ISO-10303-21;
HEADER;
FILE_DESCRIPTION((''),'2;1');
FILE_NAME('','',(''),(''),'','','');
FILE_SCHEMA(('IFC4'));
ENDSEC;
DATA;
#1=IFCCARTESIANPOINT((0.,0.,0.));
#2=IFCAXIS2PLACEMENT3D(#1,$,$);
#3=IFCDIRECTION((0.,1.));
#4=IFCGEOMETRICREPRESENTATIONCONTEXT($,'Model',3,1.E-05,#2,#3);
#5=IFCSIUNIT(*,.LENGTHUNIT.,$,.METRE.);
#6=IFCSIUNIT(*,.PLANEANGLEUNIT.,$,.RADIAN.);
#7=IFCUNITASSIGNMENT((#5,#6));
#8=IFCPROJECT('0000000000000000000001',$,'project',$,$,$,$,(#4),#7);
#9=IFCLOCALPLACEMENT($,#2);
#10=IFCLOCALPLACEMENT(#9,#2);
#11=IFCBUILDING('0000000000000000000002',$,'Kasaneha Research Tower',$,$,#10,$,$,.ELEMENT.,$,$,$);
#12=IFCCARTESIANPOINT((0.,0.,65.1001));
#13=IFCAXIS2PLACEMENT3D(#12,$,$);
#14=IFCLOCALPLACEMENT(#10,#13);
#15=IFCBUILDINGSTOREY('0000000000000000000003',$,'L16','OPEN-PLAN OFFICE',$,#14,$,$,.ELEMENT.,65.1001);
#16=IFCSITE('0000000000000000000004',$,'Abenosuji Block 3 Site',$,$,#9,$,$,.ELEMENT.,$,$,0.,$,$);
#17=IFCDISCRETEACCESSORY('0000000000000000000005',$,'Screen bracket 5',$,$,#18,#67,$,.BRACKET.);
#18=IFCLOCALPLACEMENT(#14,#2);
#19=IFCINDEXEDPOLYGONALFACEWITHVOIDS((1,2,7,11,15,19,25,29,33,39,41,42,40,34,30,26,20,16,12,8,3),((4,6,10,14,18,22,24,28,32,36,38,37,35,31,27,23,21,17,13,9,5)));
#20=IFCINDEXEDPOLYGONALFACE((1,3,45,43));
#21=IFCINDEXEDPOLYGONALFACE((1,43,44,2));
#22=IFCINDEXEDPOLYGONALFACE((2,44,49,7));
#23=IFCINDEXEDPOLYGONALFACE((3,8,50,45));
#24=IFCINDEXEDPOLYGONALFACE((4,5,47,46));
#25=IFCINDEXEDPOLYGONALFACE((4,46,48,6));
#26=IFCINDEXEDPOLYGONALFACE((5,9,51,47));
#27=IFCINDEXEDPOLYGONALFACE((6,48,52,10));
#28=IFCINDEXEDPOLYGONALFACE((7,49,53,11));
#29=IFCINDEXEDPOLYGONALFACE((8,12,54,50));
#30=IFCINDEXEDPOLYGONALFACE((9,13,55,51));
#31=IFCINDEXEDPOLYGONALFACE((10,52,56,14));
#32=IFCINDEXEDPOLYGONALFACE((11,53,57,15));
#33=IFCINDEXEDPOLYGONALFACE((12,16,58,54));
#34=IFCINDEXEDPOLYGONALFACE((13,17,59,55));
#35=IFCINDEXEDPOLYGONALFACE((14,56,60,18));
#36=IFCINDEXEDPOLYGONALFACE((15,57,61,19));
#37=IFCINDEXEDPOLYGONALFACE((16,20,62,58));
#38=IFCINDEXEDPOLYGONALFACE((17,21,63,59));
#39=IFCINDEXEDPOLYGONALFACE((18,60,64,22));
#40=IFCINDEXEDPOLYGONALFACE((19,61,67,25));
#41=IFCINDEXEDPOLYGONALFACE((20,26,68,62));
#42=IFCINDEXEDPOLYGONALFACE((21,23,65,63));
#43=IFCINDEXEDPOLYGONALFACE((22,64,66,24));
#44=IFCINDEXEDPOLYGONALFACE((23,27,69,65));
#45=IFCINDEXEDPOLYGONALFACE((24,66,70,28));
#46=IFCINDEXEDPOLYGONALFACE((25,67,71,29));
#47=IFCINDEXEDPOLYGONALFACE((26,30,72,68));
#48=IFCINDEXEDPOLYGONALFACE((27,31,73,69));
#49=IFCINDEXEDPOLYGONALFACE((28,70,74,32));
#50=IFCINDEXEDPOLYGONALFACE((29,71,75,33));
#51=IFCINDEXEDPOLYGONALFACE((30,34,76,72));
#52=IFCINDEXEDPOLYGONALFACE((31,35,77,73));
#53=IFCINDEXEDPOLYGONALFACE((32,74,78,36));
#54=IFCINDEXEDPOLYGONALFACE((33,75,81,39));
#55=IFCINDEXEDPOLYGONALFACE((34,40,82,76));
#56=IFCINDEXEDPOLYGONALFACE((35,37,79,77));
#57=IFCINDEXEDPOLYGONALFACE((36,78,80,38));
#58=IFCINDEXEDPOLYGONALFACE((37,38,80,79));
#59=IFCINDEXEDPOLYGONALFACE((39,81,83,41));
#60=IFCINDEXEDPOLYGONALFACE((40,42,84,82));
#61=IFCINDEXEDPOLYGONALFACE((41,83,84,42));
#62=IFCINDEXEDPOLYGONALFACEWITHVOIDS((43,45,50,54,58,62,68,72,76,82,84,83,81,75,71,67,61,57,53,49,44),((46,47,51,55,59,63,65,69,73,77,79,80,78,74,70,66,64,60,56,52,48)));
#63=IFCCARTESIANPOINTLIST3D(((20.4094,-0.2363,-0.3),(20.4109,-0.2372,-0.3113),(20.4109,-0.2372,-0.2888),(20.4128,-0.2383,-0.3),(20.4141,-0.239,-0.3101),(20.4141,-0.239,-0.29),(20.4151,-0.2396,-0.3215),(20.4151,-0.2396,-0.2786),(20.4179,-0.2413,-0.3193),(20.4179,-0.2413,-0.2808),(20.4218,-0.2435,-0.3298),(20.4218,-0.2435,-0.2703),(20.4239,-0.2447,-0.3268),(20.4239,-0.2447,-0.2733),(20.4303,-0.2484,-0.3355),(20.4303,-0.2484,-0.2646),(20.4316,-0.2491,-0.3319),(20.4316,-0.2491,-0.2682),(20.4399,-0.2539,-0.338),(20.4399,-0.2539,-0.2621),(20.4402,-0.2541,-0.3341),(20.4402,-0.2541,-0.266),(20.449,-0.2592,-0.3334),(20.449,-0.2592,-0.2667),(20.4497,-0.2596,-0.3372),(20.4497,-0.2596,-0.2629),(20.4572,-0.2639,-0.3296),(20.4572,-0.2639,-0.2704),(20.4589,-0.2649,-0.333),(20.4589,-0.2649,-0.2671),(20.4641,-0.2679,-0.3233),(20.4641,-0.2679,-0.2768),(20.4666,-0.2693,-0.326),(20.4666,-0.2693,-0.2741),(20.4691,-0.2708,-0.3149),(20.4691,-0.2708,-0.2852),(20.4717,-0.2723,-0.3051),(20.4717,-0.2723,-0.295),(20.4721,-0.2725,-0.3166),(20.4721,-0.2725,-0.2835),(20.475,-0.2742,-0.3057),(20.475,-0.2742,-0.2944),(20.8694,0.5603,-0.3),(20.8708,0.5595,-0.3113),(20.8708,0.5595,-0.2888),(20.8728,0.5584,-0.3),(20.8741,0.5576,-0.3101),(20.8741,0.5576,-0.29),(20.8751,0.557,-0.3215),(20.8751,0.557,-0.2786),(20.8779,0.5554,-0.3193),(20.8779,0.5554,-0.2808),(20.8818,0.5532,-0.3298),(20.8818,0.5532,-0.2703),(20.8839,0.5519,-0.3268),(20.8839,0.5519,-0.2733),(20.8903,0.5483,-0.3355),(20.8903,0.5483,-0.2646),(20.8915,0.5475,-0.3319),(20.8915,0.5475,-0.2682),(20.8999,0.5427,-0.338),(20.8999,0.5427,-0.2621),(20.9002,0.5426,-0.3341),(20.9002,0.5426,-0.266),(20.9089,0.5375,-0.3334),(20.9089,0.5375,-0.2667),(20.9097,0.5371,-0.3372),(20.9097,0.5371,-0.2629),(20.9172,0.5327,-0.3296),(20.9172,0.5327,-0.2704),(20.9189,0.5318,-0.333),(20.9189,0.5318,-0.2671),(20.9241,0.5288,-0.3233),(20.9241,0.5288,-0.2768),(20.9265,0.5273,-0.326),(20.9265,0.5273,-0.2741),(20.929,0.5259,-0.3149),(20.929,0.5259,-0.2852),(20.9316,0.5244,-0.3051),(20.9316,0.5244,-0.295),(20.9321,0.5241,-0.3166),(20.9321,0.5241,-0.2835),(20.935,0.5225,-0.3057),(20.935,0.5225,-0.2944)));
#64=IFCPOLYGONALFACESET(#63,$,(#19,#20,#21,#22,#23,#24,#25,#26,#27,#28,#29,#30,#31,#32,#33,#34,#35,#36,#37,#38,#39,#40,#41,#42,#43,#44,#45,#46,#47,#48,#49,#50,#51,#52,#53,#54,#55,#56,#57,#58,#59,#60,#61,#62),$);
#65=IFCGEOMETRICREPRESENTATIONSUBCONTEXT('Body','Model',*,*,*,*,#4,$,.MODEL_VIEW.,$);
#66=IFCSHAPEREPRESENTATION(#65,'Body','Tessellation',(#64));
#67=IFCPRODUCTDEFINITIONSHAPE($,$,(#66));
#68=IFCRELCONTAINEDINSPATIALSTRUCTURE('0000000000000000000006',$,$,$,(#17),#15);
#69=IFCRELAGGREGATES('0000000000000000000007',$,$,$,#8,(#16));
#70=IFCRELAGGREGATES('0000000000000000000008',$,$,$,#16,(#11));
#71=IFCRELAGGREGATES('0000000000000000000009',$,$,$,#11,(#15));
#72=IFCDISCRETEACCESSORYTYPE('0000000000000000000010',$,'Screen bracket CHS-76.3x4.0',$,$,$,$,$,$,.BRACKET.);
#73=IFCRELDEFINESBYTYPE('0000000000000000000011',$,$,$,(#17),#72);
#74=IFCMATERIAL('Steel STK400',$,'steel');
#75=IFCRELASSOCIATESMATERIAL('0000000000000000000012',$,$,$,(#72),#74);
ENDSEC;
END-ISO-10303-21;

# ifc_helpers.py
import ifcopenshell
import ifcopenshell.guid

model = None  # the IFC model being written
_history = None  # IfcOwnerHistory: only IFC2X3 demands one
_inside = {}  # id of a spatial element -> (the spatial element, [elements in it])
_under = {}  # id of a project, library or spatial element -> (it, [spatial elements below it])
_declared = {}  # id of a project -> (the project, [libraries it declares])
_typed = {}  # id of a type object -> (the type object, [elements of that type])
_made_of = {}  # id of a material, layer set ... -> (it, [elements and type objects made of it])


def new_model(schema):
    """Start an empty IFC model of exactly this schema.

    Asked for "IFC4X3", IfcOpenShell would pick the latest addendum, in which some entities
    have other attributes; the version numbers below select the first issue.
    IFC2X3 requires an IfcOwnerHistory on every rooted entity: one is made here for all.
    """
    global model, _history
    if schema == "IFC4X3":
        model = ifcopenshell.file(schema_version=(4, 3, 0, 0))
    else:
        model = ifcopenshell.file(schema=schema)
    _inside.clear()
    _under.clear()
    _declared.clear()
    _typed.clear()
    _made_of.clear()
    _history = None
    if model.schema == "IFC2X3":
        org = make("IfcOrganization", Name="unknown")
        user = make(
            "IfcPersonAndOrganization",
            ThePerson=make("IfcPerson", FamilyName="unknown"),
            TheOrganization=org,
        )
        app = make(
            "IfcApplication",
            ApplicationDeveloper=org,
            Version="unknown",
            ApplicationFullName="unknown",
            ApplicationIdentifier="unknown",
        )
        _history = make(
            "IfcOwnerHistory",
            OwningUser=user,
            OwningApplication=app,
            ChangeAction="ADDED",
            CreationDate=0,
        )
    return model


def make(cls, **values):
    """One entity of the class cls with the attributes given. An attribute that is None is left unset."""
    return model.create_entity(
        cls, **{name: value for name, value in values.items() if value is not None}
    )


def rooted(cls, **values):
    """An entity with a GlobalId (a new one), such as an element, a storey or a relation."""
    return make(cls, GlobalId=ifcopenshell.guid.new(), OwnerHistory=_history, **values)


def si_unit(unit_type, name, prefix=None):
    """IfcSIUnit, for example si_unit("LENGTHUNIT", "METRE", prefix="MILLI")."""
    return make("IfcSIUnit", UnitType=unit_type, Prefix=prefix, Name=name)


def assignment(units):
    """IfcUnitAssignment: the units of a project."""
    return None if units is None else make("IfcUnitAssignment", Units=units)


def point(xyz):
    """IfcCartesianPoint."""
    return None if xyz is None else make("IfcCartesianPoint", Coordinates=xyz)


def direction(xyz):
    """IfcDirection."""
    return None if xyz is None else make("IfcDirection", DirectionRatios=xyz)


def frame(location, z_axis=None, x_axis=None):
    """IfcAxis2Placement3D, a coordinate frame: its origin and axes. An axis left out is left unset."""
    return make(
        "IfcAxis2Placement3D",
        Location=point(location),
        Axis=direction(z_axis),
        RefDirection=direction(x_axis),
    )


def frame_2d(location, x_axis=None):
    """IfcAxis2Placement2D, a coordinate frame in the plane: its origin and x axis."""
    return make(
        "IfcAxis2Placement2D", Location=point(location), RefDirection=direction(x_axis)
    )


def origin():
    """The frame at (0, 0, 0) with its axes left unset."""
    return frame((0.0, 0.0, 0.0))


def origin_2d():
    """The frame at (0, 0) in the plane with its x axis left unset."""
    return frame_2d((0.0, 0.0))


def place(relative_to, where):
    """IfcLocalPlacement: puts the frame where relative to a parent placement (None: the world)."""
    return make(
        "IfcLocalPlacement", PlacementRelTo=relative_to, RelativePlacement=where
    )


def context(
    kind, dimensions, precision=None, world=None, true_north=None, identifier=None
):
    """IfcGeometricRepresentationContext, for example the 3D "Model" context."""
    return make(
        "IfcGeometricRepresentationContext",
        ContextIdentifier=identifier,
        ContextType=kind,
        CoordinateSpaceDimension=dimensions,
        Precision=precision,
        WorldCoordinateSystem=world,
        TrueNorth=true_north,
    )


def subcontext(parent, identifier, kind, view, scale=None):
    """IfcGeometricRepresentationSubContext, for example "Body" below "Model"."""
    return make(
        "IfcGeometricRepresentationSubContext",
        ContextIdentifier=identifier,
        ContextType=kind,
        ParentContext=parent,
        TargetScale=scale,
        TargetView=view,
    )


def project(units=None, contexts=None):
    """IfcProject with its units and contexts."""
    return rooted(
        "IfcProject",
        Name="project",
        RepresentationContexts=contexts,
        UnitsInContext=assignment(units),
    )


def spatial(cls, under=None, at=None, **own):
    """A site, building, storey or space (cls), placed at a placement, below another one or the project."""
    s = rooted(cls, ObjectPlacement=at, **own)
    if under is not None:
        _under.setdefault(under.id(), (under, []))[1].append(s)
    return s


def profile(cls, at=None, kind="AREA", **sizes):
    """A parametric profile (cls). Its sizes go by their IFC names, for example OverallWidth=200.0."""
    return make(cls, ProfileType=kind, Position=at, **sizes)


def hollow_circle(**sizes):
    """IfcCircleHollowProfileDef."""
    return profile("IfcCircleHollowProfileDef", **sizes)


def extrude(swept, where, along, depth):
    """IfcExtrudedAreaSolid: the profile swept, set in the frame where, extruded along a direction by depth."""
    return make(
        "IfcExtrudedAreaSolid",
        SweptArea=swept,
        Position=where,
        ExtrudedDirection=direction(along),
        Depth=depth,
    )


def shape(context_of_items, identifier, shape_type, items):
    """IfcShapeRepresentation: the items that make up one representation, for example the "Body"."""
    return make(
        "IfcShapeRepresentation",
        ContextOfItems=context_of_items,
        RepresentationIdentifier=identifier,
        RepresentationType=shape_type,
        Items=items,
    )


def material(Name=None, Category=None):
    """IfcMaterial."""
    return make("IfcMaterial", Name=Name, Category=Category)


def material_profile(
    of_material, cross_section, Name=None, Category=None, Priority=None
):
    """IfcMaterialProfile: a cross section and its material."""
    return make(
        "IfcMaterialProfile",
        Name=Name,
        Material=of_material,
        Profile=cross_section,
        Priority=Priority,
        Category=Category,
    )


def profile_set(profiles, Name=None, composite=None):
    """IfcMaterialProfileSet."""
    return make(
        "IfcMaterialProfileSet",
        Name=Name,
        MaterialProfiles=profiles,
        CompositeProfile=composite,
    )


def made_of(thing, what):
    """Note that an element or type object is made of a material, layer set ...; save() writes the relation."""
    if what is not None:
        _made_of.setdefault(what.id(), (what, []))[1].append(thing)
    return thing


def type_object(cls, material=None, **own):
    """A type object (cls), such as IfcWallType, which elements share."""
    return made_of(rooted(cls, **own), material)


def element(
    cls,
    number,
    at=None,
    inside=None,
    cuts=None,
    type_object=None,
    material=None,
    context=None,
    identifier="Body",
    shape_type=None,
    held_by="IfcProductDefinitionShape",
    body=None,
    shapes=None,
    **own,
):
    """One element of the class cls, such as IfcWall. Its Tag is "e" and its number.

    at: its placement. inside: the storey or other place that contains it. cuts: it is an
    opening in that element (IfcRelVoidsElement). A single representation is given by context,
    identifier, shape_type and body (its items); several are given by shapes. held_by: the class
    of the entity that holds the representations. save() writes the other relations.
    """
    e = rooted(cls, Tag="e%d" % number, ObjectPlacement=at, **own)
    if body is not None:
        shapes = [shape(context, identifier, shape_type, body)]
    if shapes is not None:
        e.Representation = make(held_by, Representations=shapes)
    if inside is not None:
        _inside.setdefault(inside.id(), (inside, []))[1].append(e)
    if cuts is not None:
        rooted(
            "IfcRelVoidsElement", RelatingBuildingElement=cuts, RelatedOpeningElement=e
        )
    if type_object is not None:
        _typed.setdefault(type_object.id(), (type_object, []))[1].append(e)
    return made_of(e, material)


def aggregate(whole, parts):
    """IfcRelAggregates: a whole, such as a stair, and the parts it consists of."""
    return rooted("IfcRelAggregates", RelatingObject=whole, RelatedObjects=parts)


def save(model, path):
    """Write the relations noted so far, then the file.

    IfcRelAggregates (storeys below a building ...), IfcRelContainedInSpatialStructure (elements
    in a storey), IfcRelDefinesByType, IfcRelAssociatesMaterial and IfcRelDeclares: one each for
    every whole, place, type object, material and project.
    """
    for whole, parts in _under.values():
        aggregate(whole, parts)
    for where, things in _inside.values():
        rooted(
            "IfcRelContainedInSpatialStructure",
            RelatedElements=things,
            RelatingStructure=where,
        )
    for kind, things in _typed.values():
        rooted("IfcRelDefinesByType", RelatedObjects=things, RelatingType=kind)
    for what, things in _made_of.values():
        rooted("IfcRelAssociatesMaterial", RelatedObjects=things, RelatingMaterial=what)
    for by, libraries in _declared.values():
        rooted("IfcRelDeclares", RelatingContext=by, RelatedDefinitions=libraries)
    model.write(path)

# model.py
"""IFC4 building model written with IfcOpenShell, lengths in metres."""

from ifc_helpers import new_model, si_unit, direction, frame, origin, origin_2d, place, context, subcontext, project, spatial, hollow_circle, extrude, material, material_profile, profile_set, type_object, element, save


model = new_model("IFC4")

# Units and contexts
model_context = context("Model", 3, precision=1e-05, world=origin(), true_north=direction((0.0, 1.0)))
body_context = subcontext(model_context, "Body", "Model", "MODEL_VIEW")
ifc_project = project(units=[si_unit("LENGTHUNIT", "METRE"), si_unit("PLANEANGLEUNIT", "RADIAN")], contexts=[model_context])

# Site, building, storey
site_placement = place(None, origin())
site = spatial("IfcSite", under=ifc_project, at=site_placement, Name="Abenosuji Block 3 Site", CompositionType="ELEMENT", RefElevation=0.0)
building_placement = place(site_placement, origin())
building = spatial("IfcBuilding", under=site, at=building_placement, Name="Kasaneha Research Tower", CompositionType="ELEMENT")
storey_placement = place(building_placement, frame((0.0, 0.0, 65.1001)))
storey = spatial("IfcBuildingStorey", under=building, at=storey_placement, Name="L16", Description="OPEN-PLAN OFFICE", CompositionType="ELEMENT", Elevation=65.1001)

# Discrete accessory
ifc_material_1 = material(Name="Steel STK400", Category="steel")
ifc_material_profile_1 = material_profile(ifc_material_1, hollow_circle(Radius=0.0381, WallThickness=0.0039, at=origin_2d()), Name="CHS-76.3x4.0")
ifc_profile_set_1 = profile_set([ifc_material_profile_1], Name="Steel STK400")
discrete_accessory_type = type_object("IfcDiscreteAccessoryType", Name="Screen bracket CHS-76.3x4.0", PredefinedType="BRACKET", material=ifc_profile_set_1)
discrete_accessory_1_placement = place(storey_placement, frame((20.4424, -0.2554, -0.3), z_axis=(0.500021, 0.866013, 0.0), x_axis=(-0.866013, 0.500021, 0.0)))
element("IfcDiscreteAccessory", 1, at=discrete_accessory_1_placement, inside=storey, type_object=discrete_accessory_type, Name="Screen bracket 5", PredefinedType="BRACKET", context=body_context, shape_type="SweptSolid", body=[
    extrude(hollow_circle(Radius=0.0381, WallThickness=0.0039, at=origin_2d()), origin(), (0.0, 0.0, 1.0), 0.9199),
])

save(model, "model.ifc")
